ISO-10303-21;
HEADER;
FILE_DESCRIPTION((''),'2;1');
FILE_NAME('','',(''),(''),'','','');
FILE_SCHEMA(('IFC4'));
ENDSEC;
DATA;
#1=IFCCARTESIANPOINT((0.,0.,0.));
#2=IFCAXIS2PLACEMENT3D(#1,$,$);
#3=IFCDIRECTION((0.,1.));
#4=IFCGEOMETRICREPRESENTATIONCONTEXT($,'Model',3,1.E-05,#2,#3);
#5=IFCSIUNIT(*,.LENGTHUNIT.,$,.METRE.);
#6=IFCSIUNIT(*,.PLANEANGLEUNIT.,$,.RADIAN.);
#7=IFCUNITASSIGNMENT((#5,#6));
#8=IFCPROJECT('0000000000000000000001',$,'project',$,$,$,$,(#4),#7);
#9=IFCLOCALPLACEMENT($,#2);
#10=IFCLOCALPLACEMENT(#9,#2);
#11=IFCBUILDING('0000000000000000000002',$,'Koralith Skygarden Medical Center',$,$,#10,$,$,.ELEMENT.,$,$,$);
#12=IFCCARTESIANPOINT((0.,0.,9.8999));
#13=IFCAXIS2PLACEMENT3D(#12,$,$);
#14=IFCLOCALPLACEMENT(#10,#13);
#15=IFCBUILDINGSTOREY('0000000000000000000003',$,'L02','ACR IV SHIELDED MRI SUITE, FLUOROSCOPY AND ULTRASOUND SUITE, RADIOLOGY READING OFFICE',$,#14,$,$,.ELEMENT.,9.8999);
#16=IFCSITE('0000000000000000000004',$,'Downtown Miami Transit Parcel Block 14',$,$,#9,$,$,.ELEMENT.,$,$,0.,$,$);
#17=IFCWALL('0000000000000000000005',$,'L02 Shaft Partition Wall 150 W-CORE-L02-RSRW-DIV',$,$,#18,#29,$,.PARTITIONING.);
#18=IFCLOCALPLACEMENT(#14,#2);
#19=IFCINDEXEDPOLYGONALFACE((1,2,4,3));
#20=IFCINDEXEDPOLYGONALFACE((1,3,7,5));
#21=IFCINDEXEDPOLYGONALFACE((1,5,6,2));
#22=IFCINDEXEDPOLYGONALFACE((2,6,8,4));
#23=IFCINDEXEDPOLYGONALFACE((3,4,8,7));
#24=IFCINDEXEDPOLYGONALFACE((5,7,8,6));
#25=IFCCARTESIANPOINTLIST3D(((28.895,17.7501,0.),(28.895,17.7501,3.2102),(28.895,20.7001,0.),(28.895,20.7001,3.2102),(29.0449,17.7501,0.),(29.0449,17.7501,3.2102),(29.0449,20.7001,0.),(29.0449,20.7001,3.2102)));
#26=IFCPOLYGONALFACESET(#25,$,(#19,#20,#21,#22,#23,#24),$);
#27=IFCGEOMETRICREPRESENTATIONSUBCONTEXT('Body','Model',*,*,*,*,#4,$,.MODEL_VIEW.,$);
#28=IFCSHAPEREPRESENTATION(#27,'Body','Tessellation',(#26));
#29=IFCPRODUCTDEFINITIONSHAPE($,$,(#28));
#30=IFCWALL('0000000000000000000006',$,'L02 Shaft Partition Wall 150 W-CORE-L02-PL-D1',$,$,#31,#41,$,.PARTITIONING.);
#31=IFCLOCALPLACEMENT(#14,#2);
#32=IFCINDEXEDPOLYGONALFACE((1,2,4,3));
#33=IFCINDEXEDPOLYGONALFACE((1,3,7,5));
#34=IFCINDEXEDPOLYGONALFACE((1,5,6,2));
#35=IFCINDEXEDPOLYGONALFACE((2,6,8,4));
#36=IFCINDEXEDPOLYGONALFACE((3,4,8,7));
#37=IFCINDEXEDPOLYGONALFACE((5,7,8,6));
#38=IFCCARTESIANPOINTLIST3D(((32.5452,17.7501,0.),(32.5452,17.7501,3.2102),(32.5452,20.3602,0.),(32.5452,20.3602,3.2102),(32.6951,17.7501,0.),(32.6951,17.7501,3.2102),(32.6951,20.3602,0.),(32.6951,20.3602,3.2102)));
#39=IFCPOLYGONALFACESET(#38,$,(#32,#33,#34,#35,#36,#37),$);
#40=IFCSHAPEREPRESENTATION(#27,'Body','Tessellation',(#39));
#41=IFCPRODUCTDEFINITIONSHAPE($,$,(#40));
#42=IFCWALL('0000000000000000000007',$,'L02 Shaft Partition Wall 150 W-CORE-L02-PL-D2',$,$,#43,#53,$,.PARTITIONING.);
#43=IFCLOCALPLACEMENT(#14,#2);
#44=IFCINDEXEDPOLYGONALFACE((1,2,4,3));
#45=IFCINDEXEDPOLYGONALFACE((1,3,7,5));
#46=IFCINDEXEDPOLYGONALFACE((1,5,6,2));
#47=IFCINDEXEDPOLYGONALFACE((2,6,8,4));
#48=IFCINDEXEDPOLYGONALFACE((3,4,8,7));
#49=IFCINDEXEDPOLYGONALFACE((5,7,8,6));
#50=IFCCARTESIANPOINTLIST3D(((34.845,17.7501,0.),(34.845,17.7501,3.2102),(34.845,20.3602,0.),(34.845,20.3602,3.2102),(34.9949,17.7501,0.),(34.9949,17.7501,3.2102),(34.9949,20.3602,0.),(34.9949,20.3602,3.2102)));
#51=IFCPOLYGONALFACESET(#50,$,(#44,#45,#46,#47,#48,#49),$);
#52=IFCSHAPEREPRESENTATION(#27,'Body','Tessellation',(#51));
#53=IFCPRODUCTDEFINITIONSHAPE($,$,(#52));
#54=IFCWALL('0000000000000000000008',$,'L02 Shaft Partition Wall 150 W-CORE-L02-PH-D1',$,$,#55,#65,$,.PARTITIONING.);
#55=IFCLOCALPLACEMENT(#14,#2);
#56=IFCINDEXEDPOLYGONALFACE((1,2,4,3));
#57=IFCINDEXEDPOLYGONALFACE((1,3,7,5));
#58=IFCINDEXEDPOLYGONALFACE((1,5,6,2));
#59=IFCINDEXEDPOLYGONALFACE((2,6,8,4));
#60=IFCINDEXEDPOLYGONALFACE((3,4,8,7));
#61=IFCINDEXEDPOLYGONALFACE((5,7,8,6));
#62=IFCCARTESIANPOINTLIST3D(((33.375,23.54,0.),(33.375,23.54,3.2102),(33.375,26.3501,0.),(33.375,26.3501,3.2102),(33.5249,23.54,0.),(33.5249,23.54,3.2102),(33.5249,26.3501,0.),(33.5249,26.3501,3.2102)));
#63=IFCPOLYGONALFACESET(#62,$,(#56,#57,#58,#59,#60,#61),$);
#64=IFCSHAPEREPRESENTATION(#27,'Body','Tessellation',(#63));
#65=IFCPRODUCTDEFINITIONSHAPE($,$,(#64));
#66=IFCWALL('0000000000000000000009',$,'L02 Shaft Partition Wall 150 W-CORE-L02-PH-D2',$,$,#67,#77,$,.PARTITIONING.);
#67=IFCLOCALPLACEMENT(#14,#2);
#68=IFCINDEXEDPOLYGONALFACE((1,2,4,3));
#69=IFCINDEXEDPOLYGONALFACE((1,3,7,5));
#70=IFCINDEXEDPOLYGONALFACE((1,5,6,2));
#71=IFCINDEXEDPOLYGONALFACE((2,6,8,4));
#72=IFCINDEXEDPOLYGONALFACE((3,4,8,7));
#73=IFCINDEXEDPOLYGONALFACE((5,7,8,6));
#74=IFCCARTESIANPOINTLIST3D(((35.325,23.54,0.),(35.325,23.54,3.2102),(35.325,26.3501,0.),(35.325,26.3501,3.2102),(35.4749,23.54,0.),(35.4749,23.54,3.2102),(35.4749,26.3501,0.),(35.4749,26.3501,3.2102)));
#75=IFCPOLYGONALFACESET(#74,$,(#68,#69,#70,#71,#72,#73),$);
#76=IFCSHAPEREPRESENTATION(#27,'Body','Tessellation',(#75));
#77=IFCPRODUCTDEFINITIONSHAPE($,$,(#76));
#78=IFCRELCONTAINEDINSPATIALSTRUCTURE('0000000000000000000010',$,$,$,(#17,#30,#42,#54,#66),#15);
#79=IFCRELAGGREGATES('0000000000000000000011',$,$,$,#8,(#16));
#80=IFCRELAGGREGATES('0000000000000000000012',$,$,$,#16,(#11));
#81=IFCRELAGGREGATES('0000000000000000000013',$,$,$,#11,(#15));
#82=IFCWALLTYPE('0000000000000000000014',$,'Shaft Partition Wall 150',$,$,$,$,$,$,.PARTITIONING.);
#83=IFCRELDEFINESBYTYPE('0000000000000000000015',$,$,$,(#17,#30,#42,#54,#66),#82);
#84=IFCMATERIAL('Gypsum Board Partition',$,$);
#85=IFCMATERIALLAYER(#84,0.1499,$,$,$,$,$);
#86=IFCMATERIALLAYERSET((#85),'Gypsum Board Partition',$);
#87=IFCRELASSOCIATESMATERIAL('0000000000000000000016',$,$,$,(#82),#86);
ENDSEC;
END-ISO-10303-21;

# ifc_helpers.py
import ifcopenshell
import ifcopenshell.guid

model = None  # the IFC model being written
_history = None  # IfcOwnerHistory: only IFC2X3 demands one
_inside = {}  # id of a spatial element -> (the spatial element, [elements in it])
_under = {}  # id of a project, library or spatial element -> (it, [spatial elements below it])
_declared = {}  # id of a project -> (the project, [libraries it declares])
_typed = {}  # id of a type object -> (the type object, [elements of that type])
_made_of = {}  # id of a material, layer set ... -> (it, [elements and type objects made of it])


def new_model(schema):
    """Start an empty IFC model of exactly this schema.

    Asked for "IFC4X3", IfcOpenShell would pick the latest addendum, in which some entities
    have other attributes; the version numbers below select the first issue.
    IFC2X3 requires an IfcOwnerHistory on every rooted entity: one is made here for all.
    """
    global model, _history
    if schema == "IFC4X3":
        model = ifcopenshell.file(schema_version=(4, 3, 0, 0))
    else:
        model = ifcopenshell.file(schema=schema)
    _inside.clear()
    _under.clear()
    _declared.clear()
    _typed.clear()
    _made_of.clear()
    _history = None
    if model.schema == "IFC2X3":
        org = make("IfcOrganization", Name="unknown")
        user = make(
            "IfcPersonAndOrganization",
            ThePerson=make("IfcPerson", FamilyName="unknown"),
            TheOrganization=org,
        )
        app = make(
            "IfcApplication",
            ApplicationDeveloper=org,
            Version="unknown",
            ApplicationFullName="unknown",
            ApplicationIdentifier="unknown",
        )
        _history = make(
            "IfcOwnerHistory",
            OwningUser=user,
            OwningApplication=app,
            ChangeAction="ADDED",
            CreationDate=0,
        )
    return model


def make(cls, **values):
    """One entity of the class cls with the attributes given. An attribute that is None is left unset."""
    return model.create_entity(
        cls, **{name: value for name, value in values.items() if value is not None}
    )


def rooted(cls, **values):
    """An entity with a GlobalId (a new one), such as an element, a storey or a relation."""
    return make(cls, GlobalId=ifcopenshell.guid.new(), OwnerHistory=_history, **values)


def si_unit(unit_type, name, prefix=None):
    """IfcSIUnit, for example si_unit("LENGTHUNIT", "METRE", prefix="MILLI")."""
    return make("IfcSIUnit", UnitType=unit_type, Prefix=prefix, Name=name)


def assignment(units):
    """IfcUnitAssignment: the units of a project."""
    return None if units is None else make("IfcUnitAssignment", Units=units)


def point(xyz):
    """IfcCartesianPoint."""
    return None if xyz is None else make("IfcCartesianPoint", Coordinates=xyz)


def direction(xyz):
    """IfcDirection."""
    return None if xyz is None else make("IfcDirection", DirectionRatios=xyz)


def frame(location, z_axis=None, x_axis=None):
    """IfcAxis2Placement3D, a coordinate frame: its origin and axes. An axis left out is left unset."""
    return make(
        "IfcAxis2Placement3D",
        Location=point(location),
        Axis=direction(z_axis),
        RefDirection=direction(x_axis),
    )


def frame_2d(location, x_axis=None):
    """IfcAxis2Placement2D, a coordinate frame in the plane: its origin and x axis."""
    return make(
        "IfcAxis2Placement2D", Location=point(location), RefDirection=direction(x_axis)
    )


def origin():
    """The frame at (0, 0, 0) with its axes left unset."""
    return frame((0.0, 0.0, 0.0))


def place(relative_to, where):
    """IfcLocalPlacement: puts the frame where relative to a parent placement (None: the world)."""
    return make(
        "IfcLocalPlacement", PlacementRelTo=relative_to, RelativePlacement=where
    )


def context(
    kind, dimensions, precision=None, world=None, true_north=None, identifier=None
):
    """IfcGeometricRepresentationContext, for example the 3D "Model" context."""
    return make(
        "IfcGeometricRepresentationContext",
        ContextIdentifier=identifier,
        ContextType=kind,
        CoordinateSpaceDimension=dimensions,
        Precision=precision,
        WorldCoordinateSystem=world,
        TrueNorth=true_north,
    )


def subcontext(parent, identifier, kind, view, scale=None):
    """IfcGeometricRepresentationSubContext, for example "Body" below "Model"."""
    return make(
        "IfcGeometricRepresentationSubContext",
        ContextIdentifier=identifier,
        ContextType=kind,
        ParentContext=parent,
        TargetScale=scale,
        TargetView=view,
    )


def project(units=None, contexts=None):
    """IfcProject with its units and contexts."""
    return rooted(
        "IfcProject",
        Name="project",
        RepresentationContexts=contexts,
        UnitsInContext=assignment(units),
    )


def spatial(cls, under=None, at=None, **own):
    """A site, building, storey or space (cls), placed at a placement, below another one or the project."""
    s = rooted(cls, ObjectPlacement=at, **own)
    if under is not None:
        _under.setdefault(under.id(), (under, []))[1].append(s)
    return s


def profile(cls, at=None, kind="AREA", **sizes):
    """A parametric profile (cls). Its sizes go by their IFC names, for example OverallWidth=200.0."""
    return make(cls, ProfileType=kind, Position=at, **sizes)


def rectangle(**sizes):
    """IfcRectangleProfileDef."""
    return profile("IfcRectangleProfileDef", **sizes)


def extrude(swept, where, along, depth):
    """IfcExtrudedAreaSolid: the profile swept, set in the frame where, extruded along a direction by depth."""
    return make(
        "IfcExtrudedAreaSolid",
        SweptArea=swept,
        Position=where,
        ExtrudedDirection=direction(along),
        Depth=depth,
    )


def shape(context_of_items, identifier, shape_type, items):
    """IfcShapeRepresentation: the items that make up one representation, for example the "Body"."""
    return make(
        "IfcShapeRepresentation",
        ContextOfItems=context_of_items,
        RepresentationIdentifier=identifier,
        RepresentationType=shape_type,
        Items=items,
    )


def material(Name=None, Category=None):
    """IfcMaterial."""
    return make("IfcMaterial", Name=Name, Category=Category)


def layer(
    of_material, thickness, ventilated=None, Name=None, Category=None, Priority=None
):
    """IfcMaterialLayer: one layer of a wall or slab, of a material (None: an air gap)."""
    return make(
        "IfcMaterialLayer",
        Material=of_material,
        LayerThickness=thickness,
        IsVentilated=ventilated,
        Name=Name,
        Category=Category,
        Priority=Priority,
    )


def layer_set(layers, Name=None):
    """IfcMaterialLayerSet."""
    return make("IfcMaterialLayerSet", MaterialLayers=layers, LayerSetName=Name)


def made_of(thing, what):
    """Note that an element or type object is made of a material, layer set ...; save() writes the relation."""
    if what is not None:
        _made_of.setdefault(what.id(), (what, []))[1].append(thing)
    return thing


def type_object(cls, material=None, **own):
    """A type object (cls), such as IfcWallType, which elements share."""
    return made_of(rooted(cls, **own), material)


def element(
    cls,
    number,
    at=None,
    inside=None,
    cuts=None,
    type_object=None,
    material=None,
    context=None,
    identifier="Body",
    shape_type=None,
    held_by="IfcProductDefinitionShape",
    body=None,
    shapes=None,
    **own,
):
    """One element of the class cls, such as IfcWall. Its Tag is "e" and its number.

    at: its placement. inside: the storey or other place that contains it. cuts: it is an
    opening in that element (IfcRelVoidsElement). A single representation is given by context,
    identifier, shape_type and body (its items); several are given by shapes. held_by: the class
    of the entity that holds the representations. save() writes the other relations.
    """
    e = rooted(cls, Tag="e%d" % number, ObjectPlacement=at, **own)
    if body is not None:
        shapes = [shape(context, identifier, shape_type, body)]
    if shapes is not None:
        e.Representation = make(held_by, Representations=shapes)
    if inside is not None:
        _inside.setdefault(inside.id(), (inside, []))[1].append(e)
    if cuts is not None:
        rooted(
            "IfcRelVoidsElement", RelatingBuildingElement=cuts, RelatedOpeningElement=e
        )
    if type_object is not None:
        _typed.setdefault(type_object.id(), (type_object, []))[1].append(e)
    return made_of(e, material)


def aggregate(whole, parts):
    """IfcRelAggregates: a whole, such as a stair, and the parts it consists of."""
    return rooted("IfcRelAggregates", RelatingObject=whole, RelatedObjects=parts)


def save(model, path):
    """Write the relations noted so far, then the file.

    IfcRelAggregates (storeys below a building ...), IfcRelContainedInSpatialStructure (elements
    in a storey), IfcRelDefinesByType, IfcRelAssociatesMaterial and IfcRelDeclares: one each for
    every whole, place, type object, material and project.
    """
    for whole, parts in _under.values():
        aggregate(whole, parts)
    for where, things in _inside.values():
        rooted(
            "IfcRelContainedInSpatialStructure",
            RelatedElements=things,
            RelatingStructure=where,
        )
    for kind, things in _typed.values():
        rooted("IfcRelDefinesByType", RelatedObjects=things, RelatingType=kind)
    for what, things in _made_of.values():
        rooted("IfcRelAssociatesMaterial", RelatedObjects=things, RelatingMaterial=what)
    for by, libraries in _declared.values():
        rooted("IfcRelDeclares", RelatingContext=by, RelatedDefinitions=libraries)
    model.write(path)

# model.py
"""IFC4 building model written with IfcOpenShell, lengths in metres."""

from ifc_helpers import new_model, si_unit, direction, frame, frame_2d, origin, place, context, subcontext, project, spatial, rectangle, extrude, material, layer, layer_set, type_object, element, save


model = new_model("IFC4")

# Units and contexts
model_context = context("Model", 3, precision=1e-05, world=origin(), true_north=direction((0.0, 1.0)))
body_context = subcontext(model_context, "Body", "Model", "MODEL_VIEW")
ifc_project = project(units=[si_unit("LENGTHUNIT", "METRE"), si_unit("PLANEANGLEUNIT", "RADIAN")], contexts=[model_context])

# Site, building, storey
site_placement = place(None, origin())
site = spatial("IfcSite", under=ifc_project, at=site_placement, Name="Downtown Miami Transit Parcel Block 14", CompositionType="ELEMENT", RefElevation=0.0)
building_placement = place(site_placement, origin())
building = spatial("IfcBuilding", under=site, at=building_placement, Name="Koralith Skygarden Medical Center", CompositionType="ELEMENT")
storey_placement = place(building_placement, frame((0.0, 0.0, 9.8999)))
storey = spatial("IfcBuildingStorey", under=building, at=storey_placement, Name="L02", Description="ACR IV SHIELDED MRI SUITE, FLUOROSCOPY AND ULTRASOUND SUITE, RADIOLOGY READING OFFICE", CompositionType="ELEMENT", Elevation=9.8999)

# Shared definitions
ifc_material_1 = material(Name="Gypsum Board Partition")

# Walls
ifc_layer_1 = layer(ifc_material_1, 0.1499)
ifc_layer_set_1 = layer_set([ifc_layer_1], Name="Gypsum Board Partition")
wall_type_1 = type_object("IfcWallType", Name="Shaft Partition Wall 150", PredefinedType="PARTITIONING", material=ifc_layer_set_1)
wall_1_placement = place(storey_placement, frame((28.97, 17.75, 0.0), z_axis=(0.0, 0.0, 1.0), x_axis=(0.0, 1.0, 0.0)))
element("IfcWall", 1, at=wall_1_placement, inside=storey, type_object=wall_type_1, Name="L02 Shaft Partition Wall 150 W-CORE-L02-RSRW-DIV", PredefinedType="PARTITIONING", context=body_context, shape_type="SweptSolid", body=[
    extrude(rectangle(XDim=2.95, YDim=0.1499, at=frame_2d((1.4751, 0.0))), origin(), (0.0, 0.0, 1.0), 3.2102),
])
for number, where, z_axis, x_axis, name in (
    (2, (32.6201, 17.75, 0.0), (0.0, 0.0, 1.0), (0.0, 1.0, 0.0), "L02 Shaft Partition Wall 150 W-CORE-L02-PL-D1"),
    (3, (34.9199, 17.75, 0.0), (0.0, 0.0, 1.0), (0.0, 1.0, 0.0), "L02 Shaft Partition Wall 150 W-CORE-L02-PL-D2"),
):
    element("IfcWall", number, at=place(storey_placement, frame(where, z_axis=z_axis, x_axis=x_axis)), inside=storey, type_object=wall_type_1, Name=name, PredefinedType="PARTITIONING", context=body_context, shape_type="SweptSolid", body=[
        extrude(rectangle(XDim=2.6101, YDim=0.1499, at=frame_2d((1.3052, 0.0))), origin(), (0.0, 0.0, 1.0), 3.2102),
    ])
for number, where, z_axis, x_axis, name in (
    (4, (33.45, 23.54, 0.0), (0.0, 0.0, 1.0), (0.0, 1.0, 0.0), "L02 Shaft Partition Wall 150 W-CORE-L02-PH-D1"),
    (5, (35.3999, 23.54, 0.0), (0.0, 0.0, 1.0), (0.0, 1.0, 0.0), "L02 Shaft Partition Wall 150 W-CORE-L02-PH-D2"),
):
    element("IfcWall", number, at=place(storey_placement, frame(where, z_axis=z_axis, x_axis=x_axis)), inside=storey, type_object=wall_type_1, Name=name, PredefinedType="PARTITIONING", context=body_context, shape_type="SweptSolid", body=[
        extrude(rectangle(XDim=2.8101, YDim=0.1499, at=frame_2d((1.405, 0.0))), origin(), (0.0, 0.0, 1.0), 3.2102),
    ])

save(model, "model.ifc")
